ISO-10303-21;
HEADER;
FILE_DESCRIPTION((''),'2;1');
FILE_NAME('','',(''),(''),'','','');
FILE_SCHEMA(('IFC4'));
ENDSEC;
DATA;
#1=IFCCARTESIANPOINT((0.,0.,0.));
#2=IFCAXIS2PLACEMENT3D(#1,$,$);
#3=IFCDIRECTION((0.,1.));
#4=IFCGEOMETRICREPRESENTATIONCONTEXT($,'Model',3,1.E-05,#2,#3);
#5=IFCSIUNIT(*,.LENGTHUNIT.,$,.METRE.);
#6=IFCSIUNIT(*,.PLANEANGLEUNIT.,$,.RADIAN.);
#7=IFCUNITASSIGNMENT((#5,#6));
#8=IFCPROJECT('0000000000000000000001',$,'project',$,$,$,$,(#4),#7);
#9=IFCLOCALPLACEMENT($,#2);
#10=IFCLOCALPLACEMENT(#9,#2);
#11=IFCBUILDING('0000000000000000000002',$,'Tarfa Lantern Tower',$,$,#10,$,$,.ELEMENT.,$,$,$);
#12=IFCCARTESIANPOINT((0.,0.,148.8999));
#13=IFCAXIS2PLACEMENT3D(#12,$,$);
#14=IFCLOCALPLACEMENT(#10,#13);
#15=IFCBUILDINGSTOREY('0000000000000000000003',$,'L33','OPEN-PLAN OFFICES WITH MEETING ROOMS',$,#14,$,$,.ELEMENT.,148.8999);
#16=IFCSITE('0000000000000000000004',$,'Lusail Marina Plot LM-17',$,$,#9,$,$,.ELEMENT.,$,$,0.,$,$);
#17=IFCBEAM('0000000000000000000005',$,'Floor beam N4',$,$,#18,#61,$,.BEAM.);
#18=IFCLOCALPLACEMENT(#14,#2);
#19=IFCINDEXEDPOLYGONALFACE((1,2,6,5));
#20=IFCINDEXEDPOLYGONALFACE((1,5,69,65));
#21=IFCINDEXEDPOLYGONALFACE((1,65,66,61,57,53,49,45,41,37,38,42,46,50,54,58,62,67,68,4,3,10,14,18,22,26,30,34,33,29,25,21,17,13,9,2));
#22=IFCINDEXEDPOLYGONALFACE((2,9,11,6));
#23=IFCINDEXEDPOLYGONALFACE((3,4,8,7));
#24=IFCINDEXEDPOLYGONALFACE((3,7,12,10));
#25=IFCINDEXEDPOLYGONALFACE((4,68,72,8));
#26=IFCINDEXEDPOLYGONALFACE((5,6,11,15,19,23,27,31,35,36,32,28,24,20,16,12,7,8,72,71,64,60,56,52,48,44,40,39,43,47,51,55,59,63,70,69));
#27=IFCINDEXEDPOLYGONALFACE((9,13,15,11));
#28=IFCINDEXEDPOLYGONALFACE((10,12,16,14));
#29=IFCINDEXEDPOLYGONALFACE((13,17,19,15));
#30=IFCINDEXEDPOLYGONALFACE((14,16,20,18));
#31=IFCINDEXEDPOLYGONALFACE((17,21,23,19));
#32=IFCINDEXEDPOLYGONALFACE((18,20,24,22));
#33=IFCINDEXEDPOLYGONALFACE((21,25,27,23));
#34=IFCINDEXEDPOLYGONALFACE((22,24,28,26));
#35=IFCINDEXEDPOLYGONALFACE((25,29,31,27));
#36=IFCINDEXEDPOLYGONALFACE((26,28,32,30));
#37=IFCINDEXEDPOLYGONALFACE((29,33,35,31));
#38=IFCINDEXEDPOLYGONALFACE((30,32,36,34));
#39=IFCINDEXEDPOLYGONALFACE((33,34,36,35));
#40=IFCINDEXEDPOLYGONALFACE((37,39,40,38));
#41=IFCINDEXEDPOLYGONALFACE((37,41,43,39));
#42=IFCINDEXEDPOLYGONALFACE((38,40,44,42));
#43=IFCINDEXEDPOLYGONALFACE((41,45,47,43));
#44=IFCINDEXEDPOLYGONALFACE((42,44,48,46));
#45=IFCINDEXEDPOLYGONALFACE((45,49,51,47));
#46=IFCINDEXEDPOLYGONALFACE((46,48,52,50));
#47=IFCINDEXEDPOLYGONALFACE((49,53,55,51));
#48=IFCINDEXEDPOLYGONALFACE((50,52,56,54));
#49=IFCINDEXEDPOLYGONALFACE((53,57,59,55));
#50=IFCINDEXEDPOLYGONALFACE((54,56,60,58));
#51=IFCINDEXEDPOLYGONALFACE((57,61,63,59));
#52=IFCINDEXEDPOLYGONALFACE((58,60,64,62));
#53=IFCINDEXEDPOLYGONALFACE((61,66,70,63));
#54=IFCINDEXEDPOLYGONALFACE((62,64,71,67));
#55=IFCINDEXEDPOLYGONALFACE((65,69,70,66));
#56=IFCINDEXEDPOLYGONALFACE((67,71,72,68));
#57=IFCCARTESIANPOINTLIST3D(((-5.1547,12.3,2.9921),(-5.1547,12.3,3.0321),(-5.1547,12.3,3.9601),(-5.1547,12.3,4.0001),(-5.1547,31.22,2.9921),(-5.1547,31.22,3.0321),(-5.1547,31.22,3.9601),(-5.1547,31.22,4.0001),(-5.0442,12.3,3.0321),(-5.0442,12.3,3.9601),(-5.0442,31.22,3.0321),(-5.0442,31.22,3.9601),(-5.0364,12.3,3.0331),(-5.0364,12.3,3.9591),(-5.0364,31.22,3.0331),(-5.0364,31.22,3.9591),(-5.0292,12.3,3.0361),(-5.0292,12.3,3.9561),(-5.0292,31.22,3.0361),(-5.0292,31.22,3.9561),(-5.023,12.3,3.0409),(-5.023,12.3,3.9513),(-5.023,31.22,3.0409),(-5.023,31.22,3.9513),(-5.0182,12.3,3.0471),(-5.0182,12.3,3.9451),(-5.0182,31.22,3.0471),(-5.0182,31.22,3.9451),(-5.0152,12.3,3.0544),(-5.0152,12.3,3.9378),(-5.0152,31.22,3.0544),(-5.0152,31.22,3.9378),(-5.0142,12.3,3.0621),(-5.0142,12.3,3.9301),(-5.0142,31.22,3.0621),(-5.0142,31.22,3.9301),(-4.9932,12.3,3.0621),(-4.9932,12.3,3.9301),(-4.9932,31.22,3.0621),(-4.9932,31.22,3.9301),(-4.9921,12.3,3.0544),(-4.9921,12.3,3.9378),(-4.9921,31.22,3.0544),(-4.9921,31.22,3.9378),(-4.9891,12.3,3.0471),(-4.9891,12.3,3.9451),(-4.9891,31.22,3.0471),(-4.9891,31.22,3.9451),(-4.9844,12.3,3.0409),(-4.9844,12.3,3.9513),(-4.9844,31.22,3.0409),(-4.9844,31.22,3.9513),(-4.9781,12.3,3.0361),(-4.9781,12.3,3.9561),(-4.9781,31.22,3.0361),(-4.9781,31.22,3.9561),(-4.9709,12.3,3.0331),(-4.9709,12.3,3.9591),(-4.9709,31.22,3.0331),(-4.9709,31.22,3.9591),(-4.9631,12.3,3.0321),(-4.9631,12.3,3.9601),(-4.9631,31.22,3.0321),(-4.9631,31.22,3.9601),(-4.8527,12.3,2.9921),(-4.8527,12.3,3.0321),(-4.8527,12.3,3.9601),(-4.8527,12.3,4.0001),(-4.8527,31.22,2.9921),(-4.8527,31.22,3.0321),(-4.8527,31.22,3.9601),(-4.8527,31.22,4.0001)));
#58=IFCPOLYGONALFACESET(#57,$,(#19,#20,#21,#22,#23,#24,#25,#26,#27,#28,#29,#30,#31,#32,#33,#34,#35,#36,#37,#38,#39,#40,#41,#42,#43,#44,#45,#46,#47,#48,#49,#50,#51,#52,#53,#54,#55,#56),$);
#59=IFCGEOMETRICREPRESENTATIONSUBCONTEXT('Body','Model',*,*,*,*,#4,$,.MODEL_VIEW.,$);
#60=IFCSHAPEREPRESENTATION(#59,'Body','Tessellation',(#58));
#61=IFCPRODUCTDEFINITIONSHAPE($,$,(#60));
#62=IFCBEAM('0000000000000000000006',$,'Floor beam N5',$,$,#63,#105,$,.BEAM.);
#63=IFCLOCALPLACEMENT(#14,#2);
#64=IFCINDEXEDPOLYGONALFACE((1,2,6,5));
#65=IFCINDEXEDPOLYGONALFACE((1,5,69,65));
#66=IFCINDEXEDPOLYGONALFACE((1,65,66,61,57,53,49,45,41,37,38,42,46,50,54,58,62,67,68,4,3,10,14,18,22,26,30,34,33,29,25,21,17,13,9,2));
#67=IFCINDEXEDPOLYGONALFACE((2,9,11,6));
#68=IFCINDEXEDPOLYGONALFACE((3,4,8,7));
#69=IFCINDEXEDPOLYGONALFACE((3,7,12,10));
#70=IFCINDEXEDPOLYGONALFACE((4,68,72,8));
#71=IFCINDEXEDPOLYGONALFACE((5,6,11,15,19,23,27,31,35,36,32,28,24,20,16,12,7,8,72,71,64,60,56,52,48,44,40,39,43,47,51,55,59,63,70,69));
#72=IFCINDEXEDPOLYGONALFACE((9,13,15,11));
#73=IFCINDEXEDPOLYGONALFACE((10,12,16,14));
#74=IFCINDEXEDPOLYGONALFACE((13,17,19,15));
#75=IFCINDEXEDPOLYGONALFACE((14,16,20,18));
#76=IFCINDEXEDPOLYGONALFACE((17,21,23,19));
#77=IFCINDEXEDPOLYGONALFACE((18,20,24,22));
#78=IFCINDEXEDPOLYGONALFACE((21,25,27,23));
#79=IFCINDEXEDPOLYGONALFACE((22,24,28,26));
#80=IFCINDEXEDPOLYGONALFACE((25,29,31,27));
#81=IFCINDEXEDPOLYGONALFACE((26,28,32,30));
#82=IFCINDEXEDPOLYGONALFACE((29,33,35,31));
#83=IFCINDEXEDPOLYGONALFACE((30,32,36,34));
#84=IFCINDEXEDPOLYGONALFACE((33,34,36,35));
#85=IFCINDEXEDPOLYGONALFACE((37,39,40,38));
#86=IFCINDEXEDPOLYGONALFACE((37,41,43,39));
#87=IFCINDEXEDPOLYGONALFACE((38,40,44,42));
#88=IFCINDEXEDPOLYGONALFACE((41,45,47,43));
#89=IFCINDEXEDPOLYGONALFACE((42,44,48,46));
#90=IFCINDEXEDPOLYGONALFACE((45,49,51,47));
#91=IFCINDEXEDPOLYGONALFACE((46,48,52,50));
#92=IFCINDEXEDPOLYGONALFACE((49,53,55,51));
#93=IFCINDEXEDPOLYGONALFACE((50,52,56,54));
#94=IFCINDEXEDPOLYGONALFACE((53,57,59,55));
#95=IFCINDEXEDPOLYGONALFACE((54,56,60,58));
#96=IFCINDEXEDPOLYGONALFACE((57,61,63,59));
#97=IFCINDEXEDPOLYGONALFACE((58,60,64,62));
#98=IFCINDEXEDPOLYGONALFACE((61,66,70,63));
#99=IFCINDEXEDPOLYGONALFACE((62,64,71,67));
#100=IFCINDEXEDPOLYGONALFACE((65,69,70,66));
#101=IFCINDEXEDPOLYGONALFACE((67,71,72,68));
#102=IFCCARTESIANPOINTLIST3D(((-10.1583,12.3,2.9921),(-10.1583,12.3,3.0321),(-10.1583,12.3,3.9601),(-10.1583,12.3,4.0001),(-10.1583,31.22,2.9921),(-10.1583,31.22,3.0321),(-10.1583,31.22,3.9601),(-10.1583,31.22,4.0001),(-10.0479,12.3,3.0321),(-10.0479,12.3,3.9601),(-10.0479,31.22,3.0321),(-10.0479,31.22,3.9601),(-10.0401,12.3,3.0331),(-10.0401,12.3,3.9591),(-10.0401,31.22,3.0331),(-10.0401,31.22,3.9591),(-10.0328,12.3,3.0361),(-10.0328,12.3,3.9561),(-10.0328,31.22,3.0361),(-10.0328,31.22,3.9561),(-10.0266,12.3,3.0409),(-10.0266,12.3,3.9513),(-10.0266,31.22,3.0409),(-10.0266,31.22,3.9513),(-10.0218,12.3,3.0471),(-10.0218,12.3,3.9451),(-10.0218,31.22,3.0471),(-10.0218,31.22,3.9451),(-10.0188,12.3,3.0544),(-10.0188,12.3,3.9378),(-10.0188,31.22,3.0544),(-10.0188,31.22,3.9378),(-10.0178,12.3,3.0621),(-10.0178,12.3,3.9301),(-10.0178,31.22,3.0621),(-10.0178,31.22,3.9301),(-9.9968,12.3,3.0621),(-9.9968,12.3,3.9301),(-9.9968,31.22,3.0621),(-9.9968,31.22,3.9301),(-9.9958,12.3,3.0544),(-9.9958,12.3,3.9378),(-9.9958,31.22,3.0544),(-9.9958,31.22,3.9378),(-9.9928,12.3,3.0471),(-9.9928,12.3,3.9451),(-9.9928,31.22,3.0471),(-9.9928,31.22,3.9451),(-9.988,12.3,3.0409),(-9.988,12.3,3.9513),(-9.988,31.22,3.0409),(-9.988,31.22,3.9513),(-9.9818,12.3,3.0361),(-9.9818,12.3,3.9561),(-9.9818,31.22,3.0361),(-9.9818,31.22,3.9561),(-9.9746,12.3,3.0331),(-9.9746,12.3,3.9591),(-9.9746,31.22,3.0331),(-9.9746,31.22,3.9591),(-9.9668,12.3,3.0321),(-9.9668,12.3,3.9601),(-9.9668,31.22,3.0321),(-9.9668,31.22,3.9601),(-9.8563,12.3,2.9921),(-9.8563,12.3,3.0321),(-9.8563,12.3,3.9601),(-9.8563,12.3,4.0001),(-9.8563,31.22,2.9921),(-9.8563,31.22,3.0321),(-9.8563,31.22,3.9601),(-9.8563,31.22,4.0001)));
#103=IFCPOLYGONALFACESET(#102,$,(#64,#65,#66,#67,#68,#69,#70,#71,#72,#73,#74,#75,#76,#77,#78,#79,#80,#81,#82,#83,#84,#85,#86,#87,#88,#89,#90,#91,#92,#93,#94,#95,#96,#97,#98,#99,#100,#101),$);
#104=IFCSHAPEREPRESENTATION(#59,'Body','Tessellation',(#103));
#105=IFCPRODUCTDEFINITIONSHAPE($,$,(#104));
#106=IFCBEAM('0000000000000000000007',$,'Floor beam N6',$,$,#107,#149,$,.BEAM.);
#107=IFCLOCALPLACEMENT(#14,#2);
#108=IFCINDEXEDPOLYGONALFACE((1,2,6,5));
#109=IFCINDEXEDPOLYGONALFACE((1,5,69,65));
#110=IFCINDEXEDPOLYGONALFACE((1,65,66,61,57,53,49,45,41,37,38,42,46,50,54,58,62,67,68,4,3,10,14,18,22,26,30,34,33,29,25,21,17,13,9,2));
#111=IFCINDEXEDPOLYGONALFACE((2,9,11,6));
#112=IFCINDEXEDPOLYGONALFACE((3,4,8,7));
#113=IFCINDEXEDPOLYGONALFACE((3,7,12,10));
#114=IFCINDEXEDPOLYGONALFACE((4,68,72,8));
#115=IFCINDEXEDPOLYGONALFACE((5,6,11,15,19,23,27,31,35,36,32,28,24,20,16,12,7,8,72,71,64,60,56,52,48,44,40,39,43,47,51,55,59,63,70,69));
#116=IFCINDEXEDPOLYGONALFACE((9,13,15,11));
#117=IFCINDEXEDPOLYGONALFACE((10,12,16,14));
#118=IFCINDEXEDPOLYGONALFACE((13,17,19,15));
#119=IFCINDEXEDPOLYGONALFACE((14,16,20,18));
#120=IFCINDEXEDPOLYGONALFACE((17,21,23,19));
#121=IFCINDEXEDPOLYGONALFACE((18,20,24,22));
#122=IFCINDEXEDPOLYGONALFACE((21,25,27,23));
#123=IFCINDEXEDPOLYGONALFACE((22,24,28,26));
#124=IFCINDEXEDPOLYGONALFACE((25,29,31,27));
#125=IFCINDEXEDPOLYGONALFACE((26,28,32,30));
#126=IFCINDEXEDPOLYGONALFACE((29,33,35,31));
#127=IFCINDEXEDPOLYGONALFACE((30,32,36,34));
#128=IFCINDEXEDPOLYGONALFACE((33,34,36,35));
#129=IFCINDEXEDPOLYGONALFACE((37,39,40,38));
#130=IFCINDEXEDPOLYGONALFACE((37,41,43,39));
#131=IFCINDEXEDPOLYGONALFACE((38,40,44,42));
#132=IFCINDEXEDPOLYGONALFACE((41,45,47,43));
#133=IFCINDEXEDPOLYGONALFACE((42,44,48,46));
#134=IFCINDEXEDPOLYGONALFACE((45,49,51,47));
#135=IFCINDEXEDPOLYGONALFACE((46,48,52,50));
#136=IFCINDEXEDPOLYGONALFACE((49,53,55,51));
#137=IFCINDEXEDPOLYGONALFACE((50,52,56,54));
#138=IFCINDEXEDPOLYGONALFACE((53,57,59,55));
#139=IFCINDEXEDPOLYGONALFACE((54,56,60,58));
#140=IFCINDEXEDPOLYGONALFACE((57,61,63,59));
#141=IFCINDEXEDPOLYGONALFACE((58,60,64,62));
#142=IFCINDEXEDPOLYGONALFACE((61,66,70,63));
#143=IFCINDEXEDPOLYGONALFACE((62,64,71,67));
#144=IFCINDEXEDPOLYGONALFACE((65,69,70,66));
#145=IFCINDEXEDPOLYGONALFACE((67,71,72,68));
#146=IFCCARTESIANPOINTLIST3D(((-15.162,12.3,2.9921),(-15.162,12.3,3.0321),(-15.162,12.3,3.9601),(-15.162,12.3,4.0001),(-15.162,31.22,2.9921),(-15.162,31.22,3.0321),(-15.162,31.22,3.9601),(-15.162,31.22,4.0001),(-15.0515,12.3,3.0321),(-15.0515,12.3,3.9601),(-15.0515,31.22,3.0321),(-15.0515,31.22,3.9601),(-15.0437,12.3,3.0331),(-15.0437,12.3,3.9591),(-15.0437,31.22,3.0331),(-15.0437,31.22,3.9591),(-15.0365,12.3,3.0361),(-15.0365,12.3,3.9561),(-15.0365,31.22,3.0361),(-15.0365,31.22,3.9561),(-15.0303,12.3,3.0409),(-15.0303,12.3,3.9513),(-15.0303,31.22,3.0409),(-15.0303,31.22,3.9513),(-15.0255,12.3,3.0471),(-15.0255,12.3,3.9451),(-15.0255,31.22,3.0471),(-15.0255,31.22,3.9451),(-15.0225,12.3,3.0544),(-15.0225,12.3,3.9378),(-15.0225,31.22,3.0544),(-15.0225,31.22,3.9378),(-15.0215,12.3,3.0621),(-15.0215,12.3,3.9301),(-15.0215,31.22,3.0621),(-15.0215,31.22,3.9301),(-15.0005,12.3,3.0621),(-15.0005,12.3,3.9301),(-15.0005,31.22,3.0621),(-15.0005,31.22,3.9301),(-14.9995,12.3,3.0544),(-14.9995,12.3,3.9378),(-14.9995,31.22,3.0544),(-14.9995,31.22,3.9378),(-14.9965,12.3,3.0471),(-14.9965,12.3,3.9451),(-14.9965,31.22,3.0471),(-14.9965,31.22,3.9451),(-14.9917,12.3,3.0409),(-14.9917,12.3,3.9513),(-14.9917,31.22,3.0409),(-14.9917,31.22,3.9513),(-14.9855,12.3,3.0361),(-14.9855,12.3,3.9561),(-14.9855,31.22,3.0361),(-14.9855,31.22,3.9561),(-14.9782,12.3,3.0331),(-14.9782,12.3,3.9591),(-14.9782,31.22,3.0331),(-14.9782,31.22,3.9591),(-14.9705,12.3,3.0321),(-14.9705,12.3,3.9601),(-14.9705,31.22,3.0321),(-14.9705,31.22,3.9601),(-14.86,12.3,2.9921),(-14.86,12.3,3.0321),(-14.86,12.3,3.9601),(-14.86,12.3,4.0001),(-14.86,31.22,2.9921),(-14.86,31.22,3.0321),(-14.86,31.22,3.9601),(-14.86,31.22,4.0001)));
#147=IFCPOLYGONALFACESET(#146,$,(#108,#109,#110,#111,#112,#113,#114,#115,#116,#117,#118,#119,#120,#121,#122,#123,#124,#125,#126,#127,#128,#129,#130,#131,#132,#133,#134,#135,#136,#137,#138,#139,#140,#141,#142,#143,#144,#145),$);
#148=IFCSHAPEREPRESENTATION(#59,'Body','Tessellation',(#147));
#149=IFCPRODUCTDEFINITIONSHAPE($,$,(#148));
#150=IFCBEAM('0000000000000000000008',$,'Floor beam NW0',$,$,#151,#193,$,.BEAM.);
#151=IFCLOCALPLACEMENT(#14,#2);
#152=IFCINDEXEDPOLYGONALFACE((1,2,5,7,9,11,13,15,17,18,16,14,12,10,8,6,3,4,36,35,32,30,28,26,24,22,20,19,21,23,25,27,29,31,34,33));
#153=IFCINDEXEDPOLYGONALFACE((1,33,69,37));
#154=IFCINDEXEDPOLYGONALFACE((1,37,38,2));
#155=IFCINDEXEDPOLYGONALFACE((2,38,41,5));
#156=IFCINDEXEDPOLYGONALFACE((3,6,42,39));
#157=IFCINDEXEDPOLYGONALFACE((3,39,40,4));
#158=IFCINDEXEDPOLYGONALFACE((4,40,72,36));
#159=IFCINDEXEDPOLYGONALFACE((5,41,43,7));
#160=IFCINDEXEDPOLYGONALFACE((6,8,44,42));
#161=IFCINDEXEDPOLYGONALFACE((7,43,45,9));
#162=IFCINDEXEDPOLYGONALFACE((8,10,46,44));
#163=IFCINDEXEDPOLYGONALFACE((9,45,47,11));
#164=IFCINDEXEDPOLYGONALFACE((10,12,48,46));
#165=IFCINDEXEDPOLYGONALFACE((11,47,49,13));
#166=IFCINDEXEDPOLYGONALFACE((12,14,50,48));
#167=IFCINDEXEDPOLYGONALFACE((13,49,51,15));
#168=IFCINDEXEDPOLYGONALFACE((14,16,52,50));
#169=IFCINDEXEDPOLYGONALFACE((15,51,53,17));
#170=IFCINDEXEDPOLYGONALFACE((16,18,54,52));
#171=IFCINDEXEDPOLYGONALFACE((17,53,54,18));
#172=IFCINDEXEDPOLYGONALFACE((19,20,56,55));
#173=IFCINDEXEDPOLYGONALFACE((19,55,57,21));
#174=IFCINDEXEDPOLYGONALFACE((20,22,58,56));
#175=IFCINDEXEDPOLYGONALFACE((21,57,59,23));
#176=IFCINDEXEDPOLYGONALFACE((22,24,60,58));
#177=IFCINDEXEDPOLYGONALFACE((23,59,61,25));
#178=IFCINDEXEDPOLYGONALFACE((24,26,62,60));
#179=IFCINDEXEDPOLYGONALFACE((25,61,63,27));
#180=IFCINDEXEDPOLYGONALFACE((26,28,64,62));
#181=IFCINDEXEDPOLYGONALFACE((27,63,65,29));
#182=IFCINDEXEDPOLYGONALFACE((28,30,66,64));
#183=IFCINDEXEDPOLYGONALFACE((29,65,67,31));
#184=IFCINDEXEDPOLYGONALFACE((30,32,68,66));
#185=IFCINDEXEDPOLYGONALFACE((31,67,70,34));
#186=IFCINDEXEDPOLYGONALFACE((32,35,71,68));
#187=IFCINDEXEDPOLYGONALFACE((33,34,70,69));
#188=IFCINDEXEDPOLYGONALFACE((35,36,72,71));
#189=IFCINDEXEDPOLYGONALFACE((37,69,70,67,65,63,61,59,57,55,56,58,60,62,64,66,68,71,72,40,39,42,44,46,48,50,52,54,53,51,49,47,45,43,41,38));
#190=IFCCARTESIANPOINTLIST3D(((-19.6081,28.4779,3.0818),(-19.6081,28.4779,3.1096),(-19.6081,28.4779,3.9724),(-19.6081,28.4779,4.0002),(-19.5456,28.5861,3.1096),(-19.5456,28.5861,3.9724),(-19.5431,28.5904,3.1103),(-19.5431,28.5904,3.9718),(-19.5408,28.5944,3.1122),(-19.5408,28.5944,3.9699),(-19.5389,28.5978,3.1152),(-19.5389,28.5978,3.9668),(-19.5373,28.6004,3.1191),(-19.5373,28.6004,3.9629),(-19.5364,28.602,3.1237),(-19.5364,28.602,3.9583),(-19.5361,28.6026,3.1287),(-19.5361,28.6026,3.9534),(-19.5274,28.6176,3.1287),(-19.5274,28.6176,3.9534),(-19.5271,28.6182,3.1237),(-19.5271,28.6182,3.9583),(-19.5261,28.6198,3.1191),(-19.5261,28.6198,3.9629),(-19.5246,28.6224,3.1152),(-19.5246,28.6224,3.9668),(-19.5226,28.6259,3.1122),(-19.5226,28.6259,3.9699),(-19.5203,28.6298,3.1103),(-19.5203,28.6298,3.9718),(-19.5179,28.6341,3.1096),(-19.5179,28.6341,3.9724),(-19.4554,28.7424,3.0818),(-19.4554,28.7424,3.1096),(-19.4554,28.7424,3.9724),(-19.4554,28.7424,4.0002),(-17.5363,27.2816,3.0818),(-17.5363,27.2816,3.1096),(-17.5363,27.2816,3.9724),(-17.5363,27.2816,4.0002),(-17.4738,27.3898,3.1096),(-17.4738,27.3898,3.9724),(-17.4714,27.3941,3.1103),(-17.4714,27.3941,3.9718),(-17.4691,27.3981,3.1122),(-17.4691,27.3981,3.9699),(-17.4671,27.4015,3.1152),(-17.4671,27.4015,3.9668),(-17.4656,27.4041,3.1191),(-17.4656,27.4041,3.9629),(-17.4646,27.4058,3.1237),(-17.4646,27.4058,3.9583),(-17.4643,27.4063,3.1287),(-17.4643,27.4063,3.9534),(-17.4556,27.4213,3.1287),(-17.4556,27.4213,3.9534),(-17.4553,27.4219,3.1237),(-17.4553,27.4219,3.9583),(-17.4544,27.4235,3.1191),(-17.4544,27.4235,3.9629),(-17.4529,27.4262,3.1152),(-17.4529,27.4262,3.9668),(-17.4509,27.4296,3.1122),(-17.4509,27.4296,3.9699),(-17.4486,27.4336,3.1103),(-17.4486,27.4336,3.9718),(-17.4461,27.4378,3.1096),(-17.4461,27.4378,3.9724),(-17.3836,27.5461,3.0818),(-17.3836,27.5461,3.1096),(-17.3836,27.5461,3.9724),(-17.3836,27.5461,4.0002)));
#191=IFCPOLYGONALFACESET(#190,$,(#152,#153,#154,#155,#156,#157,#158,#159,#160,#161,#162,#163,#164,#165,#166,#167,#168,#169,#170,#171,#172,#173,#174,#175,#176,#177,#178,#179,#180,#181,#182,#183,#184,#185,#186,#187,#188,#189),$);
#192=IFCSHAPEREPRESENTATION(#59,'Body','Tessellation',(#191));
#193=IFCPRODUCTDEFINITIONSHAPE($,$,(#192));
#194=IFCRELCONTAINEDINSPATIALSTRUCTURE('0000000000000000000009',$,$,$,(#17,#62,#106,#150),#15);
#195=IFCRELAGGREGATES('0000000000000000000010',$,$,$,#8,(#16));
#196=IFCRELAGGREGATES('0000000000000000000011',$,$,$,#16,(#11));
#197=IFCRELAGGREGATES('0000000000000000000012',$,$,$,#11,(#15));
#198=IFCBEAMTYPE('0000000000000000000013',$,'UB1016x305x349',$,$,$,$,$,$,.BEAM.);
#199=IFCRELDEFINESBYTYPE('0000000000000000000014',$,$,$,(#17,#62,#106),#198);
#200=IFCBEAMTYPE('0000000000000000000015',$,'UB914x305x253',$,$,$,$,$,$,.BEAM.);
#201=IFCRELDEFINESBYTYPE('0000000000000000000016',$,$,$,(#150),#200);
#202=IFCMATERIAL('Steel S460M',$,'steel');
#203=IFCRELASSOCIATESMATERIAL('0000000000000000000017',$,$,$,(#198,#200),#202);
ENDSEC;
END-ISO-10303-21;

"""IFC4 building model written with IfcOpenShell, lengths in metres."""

from ifc_helpers import new_model, si_unit, direction, frame, origin, origin_2d, place, context, subcontext, project, spatial, i_section, extrude, material, material_profile, profile_set, type_object, element, save


model = new_model("IFC4")

# Units and contexts
model_context = context("Model", 3, precision=1e-05, world=origin(), true_north=direction((0.0, 1.0)))
body_context = subcontext(model_context, "Body", "Model", "MODEL_VIEW")
ifc_project = project(units=[si_unit("LENGTHUNIT", "METRE"), si_unit("PLANEANGLEUNIT", "RADIAN")], contexts=[model_context])

# Site, building, storey
site_placement = place(None, origin())
site = spatial("IfcSite", under=ifc_project, at=site_placement, Name="Lusail Marina Plot LM-17", CompositionType="ELEMENT", RefElevation=0.0)
building_placement = place(site_placement, origin())
building = spatial("IfcBuilding", under=site, at=building_placement, Name="Tarfa Lantern Tower", CompositionType="ELEMENT")
storey_placement = place(building_placement, frame((0.0, 0.0, 148.8999)))
storey = spatial("IfcBuildingStorey", under=building, at=storey_placement, Name="L33", Description="OPEN-PLAN OFFICES WITH MEETING ROOMS", CompositionType="ELEMENT", Elevation=148.8999)

# Beams
ifc_material_1 = material(Name="Steel S460M", Category="steel")
ifc_material_profile_1 = material_profile(ifc_material_1, i_section(OverallWidth=0.302, OverallDepth=1.0081, WebThickness=0.021, FlangeThickness=0.04, FilletRadius=0.03, at=origin_2d()), Name="UB1016x305x349")
ifc_profile_set_1 = profile_set([ifc_material_profile_1], Name="Steel S460M")
beam_type_1 = type_object("IfcBeamType", Name="UB1016x305x349", PredefinedType="BEAM", material=ifc_profile_set_1)
for number, where, z_axis, x_axis, name in (
    (1, (-5.0037, 31.22, 3.4961), (0.0, -1.0, 0.0), (1.0, 0.0, 0.0), "Floor beam N4"),
    (2, (-10.0073, 31.22, 3.4961), (0.0, -1.0, 0.0), (1.0, 0.0, 0.0), "Floor beam N5"),
    (3, (-15.011, 31.22, 3.4961), (0.0, -1.0, 0.0), (1.0, 0.0, 0.0), "Floor beam N6"),
):
    element("IfcBeam", number, at=place(storey_placement, frame(where, z_axis=z_axis, x_axis=x_axis)), inside=storey, type_object=beam_type_1, Name=name, PredefinedType="BEAM", context=body_context, shape_type="SweptSolid", body=[
        extrude(i_section(OverallWidth=0.302, OverallDepth=1.0081, WebThickness=0.021, FlangeThickness=0.04, FilletRadius=0.03, at=origin_2d()), origin(), (0.0, 0.0, 1.0), 18.9199),
    ])
ifc_material_profile_2 = material_profile(ifc_material_1, i_section(OverallWidth=0.3054, OverallDepth=0.9185, WebThickness=0.0173, FlangeThickness=0.0278, FilletRadius=0.019, at=origin_2d()), Name="UB914x305x253")
ifc_profile_set_2 = profile_set([ifc_material_profile_2], Name="Steel S460M")
beam_type_2 = type_object("IfcBeamType", Name="UB914x305x253", PredefinedType="BEAM", material=ifc_profile_set_2)
beam_1_placement = place(storey_placement, frame((-19.5317, 28.6101, 3.541), z_axis=(0.865999, -0.500046, 0.0), x_axis=(0.500046, 0.865999, 0.0)))
element("IfcBeam", 4, at=beam_1_placement, inside=storey, type_object=beam_type_2, Name="Floor beam NW0", PredefinedType="BEAM", context=body_context, shape_type="SweptSolid", body=[
    extrude(i_section(OverallWidth=0.3054, OverallDepth=0.9185, WebThickness=0.0173, FlangeThickness=0.0278, FilletRadius=0.019, at=origin_2d()), origin(), (0.0, 0.0, 1.0), 2.3923),
])

save(model, "model.ifc")
